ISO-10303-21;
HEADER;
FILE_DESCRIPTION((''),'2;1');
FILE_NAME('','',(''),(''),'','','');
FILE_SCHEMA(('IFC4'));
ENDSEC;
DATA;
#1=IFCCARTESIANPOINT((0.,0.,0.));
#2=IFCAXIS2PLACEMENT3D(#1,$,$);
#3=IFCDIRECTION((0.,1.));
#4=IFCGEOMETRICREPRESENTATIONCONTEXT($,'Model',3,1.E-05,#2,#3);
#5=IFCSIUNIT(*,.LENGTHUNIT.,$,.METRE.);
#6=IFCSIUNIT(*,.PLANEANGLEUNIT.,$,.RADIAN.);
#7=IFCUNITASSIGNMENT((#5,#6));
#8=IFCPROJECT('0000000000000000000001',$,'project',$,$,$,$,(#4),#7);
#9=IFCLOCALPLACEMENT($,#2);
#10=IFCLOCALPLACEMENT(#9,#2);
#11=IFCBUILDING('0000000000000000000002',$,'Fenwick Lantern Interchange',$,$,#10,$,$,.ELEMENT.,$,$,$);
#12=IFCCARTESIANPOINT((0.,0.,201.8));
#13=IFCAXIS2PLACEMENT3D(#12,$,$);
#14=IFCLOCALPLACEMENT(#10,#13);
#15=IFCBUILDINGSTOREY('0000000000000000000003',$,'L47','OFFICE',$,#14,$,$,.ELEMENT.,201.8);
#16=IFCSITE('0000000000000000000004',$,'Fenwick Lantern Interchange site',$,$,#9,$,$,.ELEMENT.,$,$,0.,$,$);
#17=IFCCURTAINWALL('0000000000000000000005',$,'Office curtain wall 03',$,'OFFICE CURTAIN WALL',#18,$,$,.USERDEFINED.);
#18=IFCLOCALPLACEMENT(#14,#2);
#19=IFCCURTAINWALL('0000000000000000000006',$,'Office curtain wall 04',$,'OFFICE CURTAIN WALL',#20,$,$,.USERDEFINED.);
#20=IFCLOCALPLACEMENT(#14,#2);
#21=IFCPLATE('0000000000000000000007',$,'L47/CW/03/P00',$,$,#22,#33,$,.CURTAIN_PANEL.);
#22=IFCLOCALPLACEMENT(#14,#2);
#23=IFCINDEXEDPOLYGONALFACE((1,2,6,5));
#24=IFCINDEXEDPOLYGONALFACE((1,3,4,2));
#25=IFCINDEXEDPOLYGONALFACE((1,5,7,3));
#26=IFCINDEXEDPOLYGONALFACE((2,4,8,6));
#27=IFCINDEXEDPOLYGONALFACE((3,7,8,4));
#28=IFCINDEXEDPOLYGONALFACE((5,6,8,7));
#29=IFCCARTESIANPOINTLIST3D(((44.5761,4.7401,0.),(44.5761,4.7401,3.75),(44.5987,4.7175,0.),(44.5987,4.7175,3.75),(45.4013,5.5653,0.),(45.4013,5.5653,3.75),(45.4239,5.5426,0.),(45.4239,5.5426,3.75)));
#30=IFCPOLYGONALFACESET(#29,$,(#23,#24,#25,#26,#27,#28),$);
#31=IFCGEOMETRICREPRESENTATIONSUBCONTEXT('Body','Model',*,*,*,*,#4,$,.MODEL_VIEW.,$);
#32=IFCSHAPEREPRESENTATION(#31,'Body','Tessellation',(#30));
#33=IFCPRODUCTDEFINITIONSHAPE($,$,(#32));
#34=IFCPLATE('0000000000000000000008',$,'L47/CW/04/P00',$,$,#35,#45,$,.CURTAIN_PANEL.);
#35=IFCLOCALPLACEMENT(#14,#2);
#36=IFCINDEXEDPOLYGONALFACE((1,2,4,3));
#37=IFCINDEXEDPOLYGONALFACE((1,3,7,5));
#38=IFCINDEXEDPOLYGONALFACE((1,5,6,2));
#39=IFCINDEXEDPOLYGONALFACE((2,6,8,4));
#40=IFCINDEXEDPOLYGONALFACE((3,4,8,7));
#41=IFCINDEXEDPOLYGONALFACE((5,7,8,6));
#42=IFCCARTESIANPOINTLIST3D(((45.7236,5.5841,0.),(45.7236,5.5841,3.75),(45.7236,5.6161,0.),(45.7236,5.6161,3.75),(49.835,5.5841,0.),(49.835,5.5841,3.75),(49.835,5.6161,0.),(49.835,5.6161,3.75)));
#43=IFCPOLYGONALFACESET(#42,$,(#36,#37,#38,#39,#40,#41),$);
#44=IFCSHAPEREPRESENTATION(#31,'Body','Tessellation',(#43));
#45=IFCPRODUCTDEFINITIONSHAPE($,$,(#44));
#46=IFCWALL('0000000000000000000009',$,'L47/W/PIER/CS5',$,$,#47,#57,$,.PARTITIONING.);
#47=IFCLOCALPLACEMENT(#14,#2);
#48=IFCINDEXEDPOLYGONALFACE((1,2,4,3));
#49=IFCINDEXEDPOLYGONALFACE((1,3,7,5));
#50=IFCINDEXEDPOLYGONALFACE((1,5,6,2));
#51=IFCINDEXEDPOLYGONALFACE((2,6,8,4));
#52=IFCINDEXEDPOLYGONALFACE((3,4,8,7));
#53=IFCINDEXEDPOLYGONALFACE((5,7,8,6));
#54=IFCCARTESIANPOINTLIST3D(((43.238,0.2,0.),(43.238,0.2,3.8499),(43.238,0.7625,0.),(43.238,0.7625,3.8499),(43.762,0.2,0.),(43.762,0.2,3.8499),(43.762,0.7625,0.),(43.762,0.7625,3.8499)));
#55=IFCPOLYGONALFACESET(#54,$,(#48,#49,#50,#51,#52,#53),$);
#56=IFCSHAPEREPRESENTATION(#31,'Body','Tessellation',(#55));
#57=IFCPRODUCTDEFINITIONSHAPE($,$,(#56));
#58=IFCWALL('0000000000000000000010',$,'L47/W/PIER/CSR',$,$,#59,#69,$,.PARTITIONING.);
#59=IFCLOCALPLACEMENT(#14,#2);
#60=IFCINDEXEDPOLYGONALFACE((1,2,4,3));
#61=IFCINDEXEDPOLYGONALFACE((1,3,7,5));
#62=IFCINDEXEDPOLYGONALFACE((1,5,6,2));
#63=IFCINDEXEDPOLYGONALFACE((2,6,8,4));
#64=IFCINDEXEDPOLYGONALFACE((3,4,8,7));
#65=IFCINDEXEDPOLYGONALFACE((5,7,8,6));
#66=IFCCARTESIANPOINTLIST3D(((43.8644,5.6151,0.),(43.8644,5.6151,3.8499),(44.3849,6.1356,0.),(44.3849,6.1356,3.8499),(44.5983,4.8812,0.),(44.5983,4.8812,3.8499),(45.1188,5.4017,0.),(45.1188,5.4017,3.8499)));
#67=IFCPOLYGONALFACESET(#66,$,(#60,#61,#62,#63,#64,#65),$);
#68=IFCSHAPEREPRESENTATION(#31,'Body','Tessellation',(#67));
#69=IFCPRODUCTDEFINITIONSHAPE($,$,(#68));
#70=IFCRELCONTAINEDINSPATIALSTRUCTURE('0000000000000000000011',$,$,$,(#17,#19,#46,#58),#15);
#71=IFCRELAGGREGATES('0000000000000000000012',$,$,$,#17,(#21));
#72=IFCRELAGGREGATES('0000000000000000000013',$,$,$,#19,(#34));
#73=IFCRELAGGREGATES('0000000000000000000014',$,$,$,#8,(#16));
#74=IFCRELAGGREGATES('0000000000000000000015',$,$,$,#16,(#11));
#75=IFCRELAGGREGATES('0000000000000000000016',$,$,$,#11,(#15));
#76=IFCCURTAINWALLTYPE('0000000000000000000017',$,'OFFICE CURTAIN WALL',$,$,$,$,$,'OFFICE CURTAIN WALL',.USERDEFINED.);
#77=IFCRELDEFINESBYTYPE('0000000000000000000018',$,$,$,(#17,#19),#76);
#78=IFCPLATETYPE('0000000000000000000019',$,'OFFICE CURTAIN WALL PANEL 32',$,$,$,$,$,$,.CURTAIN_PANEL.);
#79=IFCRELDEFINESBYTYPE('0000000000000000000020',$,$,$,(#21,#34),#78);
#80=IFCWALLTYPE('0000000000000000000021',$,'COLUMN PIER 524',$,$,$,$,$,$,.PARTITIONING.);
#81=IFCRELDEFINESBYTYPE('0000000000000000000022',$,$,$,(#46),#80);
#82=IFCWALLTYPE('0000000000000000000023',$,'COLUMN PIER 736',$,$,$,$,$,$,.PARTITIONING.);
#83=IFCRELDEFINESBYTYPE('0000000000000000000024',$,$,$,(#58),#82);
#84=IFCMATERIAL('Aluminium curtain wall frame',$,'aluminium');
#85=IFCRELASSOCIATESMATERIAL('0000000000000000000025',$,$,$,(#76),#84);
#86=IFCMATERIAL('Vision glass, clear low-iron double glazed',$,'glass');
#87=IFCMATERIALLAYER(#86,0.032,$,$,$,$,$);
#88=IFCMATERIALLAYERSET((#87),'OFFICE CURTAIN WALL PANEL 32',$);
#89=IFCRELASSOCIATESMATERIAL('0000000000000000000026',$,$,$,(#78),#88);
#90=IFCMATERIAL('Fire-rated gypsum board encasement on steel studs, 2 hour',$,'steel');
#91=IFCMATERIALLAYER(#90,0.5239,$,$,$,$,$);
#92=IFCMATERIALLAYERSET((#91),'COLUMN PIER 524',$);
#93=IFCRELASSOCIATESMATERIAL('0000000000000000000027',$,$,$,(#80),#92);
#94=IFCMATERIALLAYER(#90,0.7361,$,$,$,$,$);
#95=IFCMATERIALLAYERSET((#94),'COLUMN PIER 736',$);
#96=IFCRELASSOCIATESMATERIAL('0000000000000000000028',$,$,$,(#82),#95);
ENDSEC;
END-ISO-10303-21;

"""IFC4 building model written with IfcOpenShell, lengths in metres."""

from ifc_helpers import new_model, si_unit, direction, frame, frame_2d, origin, origin_2d, place, context, subcontext, project, spatial, rectangle, extrude, material, layer, layer_set, type_object, element, aggregate, save


model = new_model("IFC4")

# Units and contexts
model_context = context("Model", 3, precision=1e-05, world=origin(), true_north=direction((0.0, 1.0)))
body_context = subcontext(model_context, "Body", "Model", "MODEL_VIEW")
ifc_project = project(units=[si_unit("LENGTHUNIT", "METRE"), si_unit("PLANEANGLEUNIT", "RADIAN")], contexts=[model_context])

# Site, building, storey
site_placement = place(None, origin())
site = spatial("IfcSite", under=ifc_project, at=site_placement, Name="Fenwick Lantern Interchange site", CompositionType="ELEMENT", RefElevation=0.0)
building_placement = place(site_placement, origin())
building = spatial("IfcBuilding", under=site, at=building_placement, Name="Fenwick Lantern Interchange", CompositionType="ELEMENT")
storey_placement = place(building_placement, frame((0.0, 0.0, 201.8)))
storey = spatial("IfcBuildingStorey", under=building, at=storey_placement, Name="L47", Description="OFFICE", CompositionType="ELEMENT", Elevation=201.8)

# Shared definitions
ifc_material_1 = material(Name="Aluminium curtain wall frame", Category="aluminium")
curtain_wall_type = type_object("IfcCurtainWallType", Name="OFFICE CURTAIN WALL", ElementType="OFFICE CURTAIN WALL", PredefinedType="USERDEFINED", material=ifc_material_1)

# Curtain walls
curtain_wall_1_placement = place(storey_placement, origin())
curtain_wall_1 = element("IfcCurtainWall", 1, at=curtain_wall_1_placement, inside=storey, type_object=curtain_wall_type, Name="Office curtain wall 03", ObjectType="OFFICE CURTAIN WALL", PredefinedType="USERDEFINED")
curtain_wall_2_placement = place(storey_placement, origin())
curtain_wall_2 = element("IfcCurtainWall", 2, at=curtain_wall_2_placement, inside=storey, type_object=curtain_wall_type, Name="Office curtain wall 04", ObjectType="OFFICE CURTAIN WALL", PredefinedType="USERDEFINED")

# Plates
ifc_material_2 = material(Name="Vision glass, clear low-iron double glazed", Category="glass")
ifc_layer_1 = layer(ifc_material_2, 0.032)
ifc_layer_set_1 = layer_set([ifc_layer_1], Name="OFFICE CURTAIN WALL PANEL 32")
plate_type = type_object("IfcPlateType", Name="OFFICE CURTAIN WALL PANEL 32", PredefinedType="CURTAIN_PANEL", material=ifc_layer_set_1)
plate_1_placement = place(storey_placement, frame((45.0, 5.1414, 0.0), z_axis=(0.0, 0.0, 1.0), x_axis=(0.707107, 0.707107, 0.0)))
plate_1 = element("IfcPlate", 3, at=plate_1_placement, type_object=plate_type, Name="L47/CW/03/P00", PredefinedType="CURTAIN_PANEL", context=body_context, shape_type="SweptSolid", body=[
    extrude(rectangle(XDim=1.167, YDim=0.032, at=origin_2d()), origin(), (0.0, 0.0, 1.0), 3.75),
])
aggregate(curtain_wall_1, [plate_1])
plate_2_placement = place(storey_placement, frame((47.7793, 5.6001, 0.0), z_axis=(0.0, 0.0, 1.0), x_axis=(1.0, 0.0, 0.0)))
plate_2 = element("IfcPlate", 4, at=plate_2_placement, type_object=plate_type, Name="L47/CW/04/P00", PredefinedType="CURTAIN_PANEL", context=body_context, shape_type="SweptSolid", body=[
    extrude(rectangle(XDim=4.1113, YDim=0.032, at=origin_2d()), origin(), (0.0, 0.0, 1.0), 3.75),
])
aggregate(curtain_wall_2, [plate_2])

# Walls
ifc_material_3 = material(Name="Fire-rated gypsum board encasement on steel studs, 2 hour", Category="steel")
ifc_layer_2 = layer(ifc_material_3, 0.5239)
ifc_layer_set_2 = layer_set([ifc_layer_2], Name="COLUMN PIER 524")
wall_type_1 = type_object("IfcWallType", Name="COLUMN PIER 524", PredefinedType="PARTITIONING", material=ifc_layer_set_2)
wall_1_placement = place(storey_placement, frame((43.5, 0.2, 0.0), z_axis=(0.0, 0.0, 1.0), x_axis=(0.0, 1.0, 0.0)))
element("IfcWall", 5, at=wall_1_placement, inside=storey, type_object=wall_type_1, Name="L47/W/PIER/CS5", PredefinedType="PARTITIONING", context=body_context, shape_type="SweptSolid", body=[
    extrude(rectangle(XDim=0.5625, YDim=0.5239, at=frame_2d((0.2812, 0.0))), origin(), (0.0, 0.0, 1.0), 3.8499),
])
ifc_layer_3 = layer(ifc_material_3, 0.7361)
ifc_layer_set_3 = layer_set([ifc_layer_3], Name="COLUMN PIER 736")
wall_type_2 = type_object("IfcWallType", Name="COLUMN PIER 736", PredefinedType="PARTITIONING", material=ifc_layer_set_3)
wall_2_placement = place(storey_placement, frame((44.8586, 5.1414, 0.0), z_axis=(0.0, 0.0, 1.0), x_axis=(-0.707107, 0.707107, 0.0)))
element("IfcWall", 6, at=wall_2_placement, inside=storey, type_object=wall_type_2, Name="L47/W/PIER/CSR", PredefinedType="PARTITIONING", context=body_context, shape_type="SweptSolid", body=[
    extrude(rectangle(XDim=1.0378, YDim=0.7361, at=frame_2d((0.519, 0.0))), origin(), (0.0, 0.0, 1.0), 3.8499),
])

save(model, "model.ifc")
